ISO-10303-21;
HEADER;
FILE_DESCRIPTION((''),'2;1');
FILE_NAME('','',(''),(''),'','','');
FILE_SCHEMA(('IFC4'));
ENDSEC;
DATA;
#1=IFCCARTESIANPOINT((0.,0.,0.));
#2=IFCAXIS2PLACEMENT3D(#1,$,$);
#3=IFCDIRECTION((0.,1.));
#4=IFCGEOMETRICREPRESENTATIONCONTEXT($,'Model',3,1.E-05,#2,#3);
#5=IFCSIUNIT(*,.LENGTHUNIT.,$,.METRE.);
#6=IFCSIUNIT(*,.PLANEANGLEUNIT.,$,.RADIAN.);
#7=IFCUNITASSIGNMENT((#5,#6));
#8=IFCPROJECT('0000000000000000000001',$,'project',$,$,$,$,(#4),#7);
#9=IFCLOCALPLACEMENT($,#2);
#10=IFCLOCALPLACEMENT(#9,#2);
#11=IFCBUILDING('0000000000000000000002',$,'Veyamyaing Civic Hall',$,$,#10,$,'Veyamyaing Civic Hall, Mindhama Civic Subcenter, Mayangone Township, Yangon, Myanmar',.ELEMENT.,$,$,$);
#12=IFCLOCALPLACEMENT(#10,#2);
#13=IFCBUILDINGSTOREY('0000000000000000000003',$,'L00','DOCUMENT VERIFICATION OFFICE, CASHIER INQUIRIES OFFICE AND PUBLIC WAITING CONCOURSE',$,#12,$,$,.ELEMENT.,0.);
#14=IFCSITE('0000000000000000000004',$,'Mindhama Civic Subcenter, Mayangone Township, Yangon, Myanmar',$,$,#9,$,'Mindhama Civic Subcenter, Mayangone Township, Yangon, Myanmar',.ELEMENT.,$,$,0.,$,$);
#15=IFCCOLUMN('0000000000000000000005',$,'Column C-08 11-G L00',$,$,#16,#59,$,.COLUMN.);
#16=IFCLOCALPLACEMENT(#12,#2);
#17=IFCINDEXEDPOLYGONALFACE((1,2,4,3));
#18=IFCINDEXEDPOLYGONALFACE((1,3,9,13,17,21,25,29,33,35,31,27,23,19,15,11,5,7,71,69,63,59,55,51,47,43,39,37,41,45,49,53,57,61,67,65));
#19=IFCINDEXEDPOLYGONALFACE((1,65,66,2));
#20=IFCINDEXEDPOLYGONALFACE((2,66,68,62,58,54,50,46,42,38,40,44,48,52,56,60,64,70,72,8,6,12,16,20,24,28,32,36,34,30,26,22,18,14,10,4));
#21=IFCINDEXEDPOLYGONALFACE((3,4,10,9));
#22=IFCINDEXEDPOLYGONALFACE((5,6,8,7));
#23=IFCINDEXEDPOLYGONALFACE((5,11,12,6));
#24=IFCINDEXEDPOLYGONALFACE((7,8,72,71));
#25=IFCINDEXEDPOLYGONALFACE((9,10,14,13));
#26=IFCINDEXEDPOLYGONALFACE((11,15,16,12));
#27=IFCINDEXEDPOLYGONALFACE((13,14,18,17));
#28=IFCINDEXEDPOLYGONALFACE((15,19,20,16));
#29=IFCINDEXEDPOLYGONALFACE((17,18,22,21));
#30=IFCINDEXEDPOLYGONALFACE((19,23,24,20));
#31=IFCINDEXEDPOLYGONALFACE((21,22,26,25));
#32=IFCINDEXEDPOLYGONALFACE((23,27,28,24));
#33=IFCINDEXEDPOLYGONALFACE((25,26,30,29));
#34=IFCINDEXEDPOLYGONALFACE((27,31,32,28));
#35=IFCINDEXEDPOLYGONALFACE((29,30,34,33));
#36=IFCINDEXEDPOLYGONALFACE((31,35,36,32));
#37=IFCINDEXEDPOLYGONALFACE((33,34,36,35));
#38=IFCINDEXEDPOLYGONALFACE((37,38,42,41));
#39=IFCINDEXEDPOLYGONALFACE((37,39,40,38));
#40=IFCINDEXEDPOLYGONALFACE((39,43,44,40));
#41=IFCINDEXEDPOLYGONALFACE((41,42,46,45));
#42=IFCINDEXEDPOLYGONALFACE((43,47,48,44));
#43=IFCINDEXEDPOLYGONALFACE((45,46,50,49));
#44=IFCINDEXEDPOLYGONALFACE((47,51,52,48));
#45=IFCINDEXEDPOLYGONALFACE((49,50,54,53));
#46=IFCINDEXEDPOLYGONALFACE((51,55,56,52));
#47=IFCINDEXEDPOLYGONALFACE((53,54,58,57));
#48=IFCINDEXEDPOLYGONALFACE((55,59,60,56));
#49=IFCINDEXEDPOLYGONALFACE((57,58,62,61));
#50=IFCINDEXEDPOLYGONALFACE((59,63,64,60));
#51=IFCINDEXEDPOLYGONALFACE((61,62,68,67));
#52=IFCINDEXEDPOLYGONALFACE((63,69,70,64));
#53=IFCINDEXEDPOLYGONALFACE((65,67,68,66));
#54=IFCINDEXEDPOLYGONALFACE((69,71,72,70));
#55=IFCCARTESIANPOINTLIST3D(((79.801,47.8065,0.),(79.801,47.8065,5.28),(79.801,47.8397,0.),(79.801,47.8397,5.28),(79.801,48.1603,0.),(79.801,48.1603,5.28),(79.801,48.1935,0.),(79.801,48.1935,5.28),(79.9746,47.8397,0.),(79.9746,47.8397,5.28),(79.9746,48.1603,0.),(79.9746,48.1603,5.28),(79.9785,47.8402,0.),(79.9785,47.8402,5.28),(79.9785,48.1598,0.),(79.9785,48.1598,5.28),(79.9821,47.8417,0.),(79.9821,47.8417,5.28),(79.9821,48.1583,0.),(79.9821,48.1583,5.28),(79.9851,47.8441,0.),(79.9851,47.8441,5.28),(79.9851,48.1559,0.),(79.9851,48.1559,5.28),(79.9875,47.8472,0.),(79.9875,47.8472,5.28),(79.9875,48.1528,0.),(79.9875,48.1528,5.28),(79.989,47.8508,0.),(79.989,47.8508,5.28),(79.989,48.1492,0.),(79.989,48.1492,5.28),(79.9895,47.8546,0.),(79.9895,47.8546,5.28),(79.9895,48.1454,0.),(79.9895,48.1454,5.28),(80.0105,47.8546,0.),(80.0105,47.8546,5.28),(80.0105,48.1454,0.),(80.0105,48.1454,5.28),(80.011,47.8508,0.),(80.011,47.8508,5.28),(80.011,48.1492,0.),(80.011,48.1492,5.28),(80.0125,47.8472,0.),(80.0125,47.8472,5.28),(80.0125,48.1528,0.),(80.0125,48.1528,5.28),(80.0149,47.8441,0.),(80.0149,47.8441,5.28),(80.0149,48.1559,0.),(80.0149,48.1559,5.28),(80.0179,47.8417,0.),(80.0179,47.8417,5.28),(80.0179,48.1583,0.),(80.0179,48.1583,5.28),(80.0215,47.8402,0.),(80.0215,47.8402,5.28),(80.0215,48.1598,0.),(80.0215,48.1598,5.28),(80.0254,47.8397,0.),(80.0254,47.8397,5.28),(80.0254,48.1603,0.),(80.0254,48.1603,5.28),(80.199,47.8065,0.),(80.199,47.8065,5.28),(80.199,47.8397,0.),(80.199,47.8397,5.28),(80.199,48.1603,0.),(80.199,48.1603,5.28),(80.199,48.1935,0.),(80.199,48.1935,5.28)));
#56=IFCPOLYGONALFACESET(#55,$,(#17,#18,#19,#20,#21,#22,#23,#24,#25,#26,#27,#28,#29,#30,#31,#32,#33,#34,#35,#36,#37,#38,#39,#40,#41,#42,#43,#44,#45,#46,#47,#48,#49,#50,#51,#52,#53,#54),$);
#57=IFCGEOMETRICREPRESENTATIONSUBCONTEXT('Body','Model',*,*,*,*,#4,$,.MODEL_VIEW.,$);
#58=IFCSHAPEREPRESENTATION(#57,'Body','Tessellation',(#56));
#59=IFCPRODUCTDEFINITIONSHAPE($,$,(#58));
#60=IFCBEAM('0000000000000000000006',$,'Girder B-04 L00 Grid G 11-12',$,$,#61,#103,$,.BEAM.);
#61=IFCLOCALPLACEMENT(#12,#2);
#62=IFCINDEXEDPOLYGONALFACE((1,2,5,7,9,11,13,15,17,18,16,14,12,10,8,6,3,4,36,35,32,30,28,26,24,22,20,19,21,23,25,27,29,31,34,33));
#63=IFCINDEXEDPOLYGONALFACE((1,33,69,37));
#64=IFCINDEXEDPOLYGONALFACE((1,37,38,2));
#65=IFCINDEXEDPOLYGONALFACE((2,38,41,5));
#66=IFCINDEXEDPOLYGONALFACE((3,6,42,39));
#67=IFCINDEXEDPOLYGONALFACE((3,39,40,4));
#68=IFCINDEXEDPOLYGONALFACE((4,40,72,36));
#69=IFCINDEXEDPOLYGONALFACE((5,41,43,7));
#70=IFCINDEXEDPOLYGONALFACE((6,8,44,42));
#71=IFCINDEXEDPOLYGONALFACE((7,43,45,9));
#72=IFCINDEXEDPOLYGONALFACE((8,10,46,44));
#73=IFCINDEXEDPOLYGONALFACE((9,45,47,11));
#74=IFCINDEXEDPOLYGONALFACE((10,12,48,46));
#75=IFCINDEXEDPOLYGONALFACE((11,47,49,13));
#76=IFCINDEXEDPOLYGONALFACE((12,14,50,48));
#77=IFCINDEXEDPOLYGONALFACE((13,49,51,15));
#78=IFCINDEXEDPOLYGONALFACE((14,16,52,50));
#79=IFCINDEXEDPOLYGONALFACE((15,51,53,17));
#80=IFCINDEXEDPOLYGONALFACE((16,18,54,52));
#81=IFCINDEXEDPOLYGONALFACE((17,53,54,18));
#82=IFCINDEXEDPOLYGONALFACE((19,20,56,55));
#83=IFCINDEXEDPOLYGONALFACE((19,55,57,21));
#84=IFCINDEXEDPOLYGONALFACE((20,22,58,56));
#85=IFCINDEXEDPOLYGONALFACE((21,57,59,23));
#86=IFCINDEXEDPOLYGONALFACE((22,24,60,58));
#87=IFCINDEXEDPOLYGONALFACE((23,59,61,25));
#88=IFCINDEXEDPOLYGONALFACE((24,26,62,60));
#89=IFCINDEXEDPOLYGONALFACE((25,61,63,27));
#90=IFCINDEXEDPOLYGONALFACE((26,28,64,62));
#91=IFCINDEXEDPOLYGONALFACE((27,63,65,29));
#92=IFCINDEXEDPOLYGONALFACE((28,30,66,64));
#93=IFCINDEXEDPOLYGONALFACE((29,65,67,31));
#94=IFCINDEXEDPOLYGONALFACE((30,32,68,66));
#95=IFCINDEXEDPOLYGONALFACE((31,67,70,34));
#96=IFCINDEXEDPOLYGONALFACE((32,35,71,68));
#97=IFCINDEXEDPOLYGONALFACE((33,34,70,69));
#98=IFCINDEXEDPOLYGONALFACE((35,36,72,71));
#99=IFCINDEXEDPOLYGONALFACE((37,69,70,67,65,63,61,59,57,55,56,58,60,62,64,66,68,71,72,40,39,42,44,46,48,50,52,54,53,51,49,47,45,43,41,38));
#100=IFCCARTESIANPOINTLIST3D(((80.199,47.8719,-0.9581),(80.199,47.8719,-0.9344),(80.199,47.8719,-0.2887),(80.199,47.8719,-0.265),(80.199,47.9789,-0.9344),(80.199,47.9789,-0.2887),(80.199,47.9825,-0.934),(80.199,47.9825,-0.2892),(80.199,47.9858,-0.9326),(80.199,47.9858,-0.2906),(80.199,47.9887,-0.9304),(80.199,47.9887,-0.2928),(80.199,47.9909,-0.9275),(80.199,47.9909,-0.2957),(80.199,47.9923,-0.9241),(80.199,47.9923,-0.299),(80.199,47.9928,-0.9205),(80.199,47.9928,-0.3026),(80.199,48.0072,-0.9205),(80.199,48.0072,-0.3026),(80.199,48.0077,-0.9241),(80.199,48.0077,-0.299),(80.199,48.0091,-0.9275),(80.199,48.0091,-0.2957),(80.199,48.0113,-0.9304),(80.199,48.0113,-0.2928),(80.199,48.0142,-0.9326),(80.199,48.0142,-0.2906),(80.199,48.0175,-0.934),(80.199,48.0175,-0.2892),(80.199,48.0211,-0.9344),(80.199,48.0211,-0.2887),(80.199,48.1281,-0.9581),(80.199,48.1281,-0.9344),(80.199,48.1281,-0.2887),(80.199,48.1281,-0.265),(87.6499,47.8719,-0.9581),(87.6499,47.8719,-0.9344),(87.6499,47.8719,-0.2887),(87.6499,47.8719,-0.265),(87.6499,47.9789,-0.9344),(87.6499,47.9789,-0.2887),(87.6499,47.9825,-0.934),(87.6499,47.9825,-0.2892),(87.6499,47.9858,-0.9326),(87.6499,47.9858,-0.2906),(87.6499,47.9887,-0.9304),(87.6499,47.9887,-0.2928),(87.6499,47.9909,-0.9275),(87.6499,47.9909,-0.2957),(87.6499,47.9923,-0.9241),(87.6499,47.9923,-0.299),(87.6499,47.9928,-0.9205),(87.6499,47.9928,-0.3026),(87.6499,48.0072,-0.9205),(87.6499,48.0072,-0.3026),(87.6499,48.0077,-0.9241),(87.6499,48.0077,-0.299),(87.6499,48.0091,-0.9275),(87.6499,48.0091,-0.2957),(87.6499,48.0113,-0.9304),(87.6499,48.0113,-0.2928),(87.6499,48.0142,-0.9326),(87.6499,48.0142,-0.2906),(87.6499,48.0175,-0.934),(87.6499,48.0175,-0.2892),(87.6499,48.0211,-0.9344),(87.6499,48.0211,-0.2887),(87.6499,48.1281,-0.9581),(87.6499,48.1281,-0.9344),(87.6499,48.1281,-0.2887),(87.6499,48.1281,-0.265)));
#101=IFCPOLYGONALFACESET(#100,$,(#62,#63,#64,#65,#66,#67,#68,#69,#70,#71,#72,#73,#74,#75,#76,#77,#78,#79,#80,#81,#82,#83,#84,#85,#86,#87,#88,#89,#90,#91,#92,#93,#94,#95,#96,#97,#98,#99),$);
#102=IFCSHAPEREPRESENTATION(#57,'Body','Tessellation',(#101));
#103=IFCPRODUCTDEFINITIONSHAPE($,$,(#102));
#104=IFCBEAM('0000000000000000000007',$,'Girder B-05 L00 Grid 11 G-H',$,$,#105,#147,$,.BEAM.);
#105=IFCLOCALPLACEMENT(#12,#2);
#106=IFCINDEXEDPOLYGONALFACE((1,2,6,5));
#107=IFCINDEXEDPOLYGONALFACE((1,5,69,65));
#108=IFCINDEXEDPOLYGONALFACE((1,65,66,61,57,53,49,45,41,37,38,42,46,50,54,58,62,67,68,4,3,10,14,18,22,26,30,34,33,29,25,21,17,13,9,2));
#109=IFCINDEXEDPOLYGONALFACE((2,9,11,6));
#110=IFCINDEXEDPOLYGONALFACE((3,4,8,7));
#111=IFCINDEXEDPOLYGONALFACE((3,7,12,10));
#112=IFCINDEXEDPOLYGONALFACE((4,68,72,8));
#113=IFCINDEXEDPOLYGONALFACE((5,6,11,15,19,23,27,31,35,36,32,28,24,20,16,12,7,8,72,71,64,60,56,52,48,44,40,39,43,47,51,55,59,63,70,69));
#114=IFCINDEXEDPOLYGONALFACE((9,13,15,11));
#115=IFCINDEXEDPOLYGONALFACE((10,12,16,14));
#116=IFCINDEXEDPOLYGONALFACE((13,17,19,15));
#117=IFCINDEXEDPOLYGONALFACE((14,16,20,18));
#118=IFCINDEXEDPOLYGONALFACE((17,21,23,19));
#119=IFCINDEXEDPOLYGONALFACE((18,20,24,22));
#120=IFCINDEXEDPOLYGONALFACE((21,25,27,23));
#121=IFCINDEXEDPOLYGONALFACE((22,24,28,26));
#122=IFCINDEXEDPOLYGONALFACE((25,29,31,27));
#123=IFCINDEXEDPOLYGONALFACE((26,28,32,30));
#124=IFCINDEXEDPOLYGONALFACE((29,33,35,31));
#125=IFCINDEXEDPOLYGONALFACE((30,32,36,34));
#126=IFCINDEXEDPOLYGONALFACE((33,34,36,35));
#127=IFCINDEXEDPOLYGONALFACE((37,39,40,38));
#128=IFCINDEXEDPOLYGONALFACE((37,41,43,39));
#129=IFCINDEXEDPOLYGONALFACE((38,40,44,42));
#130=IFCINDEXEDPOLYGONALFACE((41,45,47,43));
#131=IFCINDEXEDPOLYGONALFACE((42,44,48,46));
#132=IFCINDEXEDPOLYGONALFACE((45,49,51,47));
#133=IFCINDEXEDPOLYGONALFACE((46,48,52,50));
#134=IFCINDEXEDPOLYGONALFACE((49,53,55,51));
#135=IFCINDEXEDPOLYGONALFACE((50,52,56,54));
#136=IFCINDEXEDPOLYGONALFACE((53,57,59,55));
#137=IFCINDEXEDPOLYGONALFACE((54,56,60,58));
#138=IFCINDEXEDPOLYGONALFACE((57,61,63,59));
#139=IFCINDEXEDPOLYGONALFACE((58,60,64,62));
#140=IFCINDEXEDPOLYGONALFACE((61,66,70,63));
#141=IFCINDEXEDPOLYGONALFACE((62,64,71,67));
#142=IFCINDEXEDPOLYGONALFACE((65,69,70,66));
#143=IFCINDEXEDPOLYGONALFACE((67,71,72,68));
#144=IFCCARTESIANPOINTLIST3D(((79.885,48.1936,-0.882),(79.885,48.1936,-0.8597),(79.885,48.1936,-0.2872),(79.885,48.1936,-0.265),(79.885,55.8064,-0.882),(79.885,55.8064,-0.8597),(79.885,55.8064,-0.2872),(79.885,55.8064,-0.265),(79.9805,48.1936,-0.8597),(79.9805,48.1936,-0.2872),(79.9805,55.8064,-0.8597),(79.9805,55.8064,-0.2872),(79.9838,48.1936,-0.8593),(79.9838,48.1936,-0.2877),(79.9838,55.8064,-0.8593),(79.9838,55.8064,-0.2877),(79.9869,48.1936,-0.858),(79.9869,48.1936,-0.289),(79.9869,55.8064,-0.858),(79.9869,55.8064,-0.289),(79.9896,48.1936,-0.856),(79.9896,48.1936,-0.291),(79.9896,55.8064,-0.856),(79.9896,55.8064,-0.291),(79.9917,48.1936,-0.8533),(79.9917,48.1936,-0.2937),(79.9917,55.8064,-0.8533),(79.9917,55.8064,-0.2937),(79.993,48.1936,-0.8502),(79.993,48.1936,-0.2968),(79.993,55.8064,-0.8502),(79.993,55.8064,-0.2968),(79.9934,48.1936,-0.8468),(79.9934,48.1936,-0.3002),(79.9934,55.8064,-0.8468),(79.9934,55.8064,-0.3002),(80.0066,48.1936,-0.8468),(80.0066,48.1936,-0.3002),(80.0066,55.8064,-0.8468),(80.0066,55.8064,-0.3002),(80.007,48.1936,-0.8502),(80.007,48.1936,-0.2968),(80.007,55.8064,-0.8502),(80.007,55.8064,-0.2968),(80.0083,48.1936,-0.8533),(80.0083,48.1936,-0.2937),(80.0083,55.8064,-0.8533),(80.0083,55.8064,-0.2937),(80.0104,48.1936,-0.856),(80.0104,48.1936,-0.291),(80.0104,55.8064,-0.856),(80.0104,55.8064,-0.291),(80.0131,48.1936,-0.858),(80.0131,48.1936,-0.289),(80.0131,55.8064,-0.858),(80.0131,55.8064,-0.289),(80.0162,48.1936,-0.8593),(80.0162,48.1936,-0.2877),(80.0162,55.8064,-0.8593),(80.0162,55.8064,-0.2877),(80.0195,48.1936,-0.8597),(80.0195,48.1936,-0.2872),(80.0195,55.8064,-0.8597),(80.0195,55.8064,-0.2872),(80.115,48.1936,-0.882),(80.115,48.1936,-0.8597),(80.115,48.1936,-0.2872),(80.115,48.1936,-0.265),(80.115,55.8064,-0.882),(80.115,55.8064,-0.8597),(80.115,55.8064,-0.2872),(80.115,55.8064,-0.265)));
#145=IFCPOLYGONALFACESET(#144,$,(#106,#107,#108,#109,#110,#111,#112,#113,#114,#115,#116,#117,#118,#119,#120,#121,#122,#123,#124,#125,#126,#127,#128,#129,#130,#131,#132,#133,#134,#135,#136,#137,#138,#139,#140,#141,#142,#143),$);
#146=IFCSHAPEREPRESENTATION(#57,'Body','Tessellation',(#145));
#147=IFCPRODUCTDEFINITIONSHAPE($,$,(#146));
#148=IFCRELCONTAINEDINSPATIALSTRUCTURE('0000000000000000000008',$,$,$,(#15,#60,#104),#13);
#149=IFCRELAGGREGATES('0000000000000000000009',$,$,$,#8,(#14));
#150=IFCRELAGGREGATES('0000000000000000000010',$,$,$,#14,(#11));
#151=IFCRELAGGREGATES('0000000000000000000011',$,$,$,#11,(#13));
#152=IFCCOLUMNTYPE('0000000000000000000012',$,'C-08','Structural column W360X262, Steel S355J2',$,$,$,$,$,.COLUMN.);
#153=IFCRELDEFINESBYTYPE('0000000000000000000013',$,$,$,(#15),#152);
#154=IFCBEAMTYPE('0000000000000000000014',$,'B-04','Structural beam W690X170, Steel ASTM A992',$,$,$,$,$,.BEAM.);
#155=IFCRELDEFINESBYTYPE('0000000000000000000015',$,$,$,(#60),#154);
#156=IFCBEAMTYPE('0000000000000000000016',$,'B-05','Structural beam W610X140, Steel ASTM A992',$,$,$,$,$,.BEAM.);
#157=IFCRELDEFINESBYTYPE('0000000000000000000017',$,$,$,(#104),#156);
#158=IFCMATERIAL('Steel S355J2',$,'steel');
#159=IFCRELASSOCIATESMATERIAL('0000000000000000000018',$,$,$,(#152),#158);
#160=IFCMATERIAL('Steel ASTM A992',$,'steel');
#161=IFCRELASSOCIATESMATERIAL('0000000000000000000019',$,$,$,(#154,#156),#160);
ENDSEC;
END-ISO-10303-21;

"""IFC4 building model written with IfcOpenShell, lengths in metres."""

from ifc_helpers import new_model, si_unit, direction, frame, origin, origin_2d, place, context, subcontext, project, spatial, i_section, extrude, material, material_profile, profile_set, type_object, element, save


model = new_model("IFC4")

# Units and contexts
model_context = context("Model", 3, precision=1e-05, world=origin(), true_north=direction((0.0, 1.0)))
body_context = subcontext(model_context, "Body", "Model", "MODEL_VIEW")
ifc_project = project(units=[si_unit("LENGTHUNIT", "METRE"), si_unit("PLANEANGLEUNIT", "RADIAN")], contexts=[model_context])

# Site, building, storey
site_placement = place(None, origin())
site = spatial("IfcSite", under=ifc_project, at=site_placement, Name="Mindhama Civic Subcenter, Mayangone Township, Yangon, Myanmar", LongName="Mindhama Civic Subcenter, Mayangone Township, Yangon, Myanmar", CompositionType="ELEMENT", RefElevation=0.0)
building_placement = place(site_placement, origin())
building = spatial("IfcBuilding", under=site, at=building_placement, Name="Veyamyaing Civic Hall", LongName="Veyamyaing Civic Hall, Mindhama Civic Subcenter, Mayangone Township, Yangon, Myanmar", CompositionType="ELEMENT")
storey_placement = place(building_placement, origin())
storey = spatial("IfcBuildingStorey", under=building, at=storey_placement, Name="L00", Description="DOCUMENT VERIFICATION OFFICE, CASHIER INQUIRIES OFFICE AND PUBLIC WAITING CONCOURSE", CompositionType="ELEMENT", Elevation=0.0)

# Column
ifc_material_1 = material(Name="Steel S355J2", Category="steel")
ifc_material_profile_1 = material_profile(ifc_material_1, i_section(OverallWidth=0.3979, OverallDepth=0.387, WebThickness=0.021, FlangeThickness=0.0332, FilletRadius=0.0149, at=origin_2d()), Name="W360X262")
ifc_profile_set_1 = profile_set([ifc_material_profile_1], Name="Steel S355J2")
column_type = type_object("IfcColumnType", Name="C-08", Description="Structural column W360X262, Steel S355J2", PredefinedType="COLUMN", material=ifc_profile_set_1)
column_placement = place(storey_placement, frame((80.0, 48.0, 0.0), z_axis=(0.0, 0.0, 1.0), x_axis=(1.0, 0.0, 0.0)))
element("IfcColumn", 1, at=column_placement, inside=storey, type_object=column_type, Name="Column C-08 11-G L00", PredefinedType="COLUMN", context=body_context, shape_type="SweptSolid", body=[
    extrude(i_section(OverallWidth=0.3979, OverallDepth=0.387, WebThickness=0.021, FlangeThickness=0.0332, FilletRadius=0.0149, at=origin_2d()), origin(), (0.0, 0.0, 1.0), 5.28),
])

# Beams
ifc_material_2 = material(Name="Steel ASTM A992", Category="steel")
ifc_material_profile_2 = material_profile(ifc_material_2, i_section(OverallWidth=0.2561, OverallDepth=0.6931, WebThickness=0.0144, FlangeThickness=0.0237, FilletRadius=0.0139, at=origin_2d()), Name="W690X170")
ifc_profile_set_2 = profile_set([ifc_material_profile_2], Name="Steel ASTM A992")
beam_type_1 = type_object("IfcBeamType", Name="B-04", Description="Structural beam W690X170, Steel ASTM A992", PredefinedType="BEAM", material=ifc_profile_set_2)
beam_1_placement = place(storey_placement, frame((80.199, 48.0, -0.6116), z_axis=(1.0, 0.0, 0.0), x_axis=(0.0, 1.0, 0.0)))
element("IfcBeam", 2, at=beam_1_placement, inside=storey, type_object=beam_type_1, Name="Girder B-04 L00 Grid G 11-12", PredefinedType="BEAM", context=body_context, shape_type="SweptSolid", body=[
    extrude(i_section(OverallWidth=0.2561, OverallDepth=0.6931, WebThickness=0.0144, FlangeThickness=0.0237, FilletRadius=0.0139, at=origin_2d()), origin(), (0.0, 0.0, 1.0), 7.4509),
])
ifc_material_profile_3 = material_profile(ifc_material_2, i_section(OverallWidth=0.23, OverallDepth=0.6169, WebThickness=0.0132, FlangeThickness=0.0222, FilletRadius=0.0129, at=origin_2d()), Name="W610X140")
ifc_profile_set_3 = profile_set([ifc_material_profile_3], Name="Steel ASTM A992")
beam_type_2 = type_object("IfcBeamType", Name="B-05", Description="Structural beam W610X140, Steel ASTM A992", PredefinedType="BEAM", material=ifc_profile_set_3)
beam_2_placement = place(storey_placement, frame((80.0, 48.1936, -0.5735), z_axis=(0.0, 1.0, 0.0), x_axis=(-1.0, 0.0, 0.0)))
element("IfcBeam", 3, at=beam_2_placement, inside=storey, type_object=beam_type_2, Name="Girder B-05 L00 Grid 11 G-H", PredefinedType="BEAM", context=body_context, shape_type="SweptSolid", body=[
    extrude(i_section(OverallWidth=0.23, OverallDepth=0.6169, WebThickness=0.0132, FlangeThickness=0.0222, FilletRadius=0.0129, at=origin_2d()), origin(), (0.0, 0.0, 1.0), 7.6128),
])

save(model, "model.ifc")
